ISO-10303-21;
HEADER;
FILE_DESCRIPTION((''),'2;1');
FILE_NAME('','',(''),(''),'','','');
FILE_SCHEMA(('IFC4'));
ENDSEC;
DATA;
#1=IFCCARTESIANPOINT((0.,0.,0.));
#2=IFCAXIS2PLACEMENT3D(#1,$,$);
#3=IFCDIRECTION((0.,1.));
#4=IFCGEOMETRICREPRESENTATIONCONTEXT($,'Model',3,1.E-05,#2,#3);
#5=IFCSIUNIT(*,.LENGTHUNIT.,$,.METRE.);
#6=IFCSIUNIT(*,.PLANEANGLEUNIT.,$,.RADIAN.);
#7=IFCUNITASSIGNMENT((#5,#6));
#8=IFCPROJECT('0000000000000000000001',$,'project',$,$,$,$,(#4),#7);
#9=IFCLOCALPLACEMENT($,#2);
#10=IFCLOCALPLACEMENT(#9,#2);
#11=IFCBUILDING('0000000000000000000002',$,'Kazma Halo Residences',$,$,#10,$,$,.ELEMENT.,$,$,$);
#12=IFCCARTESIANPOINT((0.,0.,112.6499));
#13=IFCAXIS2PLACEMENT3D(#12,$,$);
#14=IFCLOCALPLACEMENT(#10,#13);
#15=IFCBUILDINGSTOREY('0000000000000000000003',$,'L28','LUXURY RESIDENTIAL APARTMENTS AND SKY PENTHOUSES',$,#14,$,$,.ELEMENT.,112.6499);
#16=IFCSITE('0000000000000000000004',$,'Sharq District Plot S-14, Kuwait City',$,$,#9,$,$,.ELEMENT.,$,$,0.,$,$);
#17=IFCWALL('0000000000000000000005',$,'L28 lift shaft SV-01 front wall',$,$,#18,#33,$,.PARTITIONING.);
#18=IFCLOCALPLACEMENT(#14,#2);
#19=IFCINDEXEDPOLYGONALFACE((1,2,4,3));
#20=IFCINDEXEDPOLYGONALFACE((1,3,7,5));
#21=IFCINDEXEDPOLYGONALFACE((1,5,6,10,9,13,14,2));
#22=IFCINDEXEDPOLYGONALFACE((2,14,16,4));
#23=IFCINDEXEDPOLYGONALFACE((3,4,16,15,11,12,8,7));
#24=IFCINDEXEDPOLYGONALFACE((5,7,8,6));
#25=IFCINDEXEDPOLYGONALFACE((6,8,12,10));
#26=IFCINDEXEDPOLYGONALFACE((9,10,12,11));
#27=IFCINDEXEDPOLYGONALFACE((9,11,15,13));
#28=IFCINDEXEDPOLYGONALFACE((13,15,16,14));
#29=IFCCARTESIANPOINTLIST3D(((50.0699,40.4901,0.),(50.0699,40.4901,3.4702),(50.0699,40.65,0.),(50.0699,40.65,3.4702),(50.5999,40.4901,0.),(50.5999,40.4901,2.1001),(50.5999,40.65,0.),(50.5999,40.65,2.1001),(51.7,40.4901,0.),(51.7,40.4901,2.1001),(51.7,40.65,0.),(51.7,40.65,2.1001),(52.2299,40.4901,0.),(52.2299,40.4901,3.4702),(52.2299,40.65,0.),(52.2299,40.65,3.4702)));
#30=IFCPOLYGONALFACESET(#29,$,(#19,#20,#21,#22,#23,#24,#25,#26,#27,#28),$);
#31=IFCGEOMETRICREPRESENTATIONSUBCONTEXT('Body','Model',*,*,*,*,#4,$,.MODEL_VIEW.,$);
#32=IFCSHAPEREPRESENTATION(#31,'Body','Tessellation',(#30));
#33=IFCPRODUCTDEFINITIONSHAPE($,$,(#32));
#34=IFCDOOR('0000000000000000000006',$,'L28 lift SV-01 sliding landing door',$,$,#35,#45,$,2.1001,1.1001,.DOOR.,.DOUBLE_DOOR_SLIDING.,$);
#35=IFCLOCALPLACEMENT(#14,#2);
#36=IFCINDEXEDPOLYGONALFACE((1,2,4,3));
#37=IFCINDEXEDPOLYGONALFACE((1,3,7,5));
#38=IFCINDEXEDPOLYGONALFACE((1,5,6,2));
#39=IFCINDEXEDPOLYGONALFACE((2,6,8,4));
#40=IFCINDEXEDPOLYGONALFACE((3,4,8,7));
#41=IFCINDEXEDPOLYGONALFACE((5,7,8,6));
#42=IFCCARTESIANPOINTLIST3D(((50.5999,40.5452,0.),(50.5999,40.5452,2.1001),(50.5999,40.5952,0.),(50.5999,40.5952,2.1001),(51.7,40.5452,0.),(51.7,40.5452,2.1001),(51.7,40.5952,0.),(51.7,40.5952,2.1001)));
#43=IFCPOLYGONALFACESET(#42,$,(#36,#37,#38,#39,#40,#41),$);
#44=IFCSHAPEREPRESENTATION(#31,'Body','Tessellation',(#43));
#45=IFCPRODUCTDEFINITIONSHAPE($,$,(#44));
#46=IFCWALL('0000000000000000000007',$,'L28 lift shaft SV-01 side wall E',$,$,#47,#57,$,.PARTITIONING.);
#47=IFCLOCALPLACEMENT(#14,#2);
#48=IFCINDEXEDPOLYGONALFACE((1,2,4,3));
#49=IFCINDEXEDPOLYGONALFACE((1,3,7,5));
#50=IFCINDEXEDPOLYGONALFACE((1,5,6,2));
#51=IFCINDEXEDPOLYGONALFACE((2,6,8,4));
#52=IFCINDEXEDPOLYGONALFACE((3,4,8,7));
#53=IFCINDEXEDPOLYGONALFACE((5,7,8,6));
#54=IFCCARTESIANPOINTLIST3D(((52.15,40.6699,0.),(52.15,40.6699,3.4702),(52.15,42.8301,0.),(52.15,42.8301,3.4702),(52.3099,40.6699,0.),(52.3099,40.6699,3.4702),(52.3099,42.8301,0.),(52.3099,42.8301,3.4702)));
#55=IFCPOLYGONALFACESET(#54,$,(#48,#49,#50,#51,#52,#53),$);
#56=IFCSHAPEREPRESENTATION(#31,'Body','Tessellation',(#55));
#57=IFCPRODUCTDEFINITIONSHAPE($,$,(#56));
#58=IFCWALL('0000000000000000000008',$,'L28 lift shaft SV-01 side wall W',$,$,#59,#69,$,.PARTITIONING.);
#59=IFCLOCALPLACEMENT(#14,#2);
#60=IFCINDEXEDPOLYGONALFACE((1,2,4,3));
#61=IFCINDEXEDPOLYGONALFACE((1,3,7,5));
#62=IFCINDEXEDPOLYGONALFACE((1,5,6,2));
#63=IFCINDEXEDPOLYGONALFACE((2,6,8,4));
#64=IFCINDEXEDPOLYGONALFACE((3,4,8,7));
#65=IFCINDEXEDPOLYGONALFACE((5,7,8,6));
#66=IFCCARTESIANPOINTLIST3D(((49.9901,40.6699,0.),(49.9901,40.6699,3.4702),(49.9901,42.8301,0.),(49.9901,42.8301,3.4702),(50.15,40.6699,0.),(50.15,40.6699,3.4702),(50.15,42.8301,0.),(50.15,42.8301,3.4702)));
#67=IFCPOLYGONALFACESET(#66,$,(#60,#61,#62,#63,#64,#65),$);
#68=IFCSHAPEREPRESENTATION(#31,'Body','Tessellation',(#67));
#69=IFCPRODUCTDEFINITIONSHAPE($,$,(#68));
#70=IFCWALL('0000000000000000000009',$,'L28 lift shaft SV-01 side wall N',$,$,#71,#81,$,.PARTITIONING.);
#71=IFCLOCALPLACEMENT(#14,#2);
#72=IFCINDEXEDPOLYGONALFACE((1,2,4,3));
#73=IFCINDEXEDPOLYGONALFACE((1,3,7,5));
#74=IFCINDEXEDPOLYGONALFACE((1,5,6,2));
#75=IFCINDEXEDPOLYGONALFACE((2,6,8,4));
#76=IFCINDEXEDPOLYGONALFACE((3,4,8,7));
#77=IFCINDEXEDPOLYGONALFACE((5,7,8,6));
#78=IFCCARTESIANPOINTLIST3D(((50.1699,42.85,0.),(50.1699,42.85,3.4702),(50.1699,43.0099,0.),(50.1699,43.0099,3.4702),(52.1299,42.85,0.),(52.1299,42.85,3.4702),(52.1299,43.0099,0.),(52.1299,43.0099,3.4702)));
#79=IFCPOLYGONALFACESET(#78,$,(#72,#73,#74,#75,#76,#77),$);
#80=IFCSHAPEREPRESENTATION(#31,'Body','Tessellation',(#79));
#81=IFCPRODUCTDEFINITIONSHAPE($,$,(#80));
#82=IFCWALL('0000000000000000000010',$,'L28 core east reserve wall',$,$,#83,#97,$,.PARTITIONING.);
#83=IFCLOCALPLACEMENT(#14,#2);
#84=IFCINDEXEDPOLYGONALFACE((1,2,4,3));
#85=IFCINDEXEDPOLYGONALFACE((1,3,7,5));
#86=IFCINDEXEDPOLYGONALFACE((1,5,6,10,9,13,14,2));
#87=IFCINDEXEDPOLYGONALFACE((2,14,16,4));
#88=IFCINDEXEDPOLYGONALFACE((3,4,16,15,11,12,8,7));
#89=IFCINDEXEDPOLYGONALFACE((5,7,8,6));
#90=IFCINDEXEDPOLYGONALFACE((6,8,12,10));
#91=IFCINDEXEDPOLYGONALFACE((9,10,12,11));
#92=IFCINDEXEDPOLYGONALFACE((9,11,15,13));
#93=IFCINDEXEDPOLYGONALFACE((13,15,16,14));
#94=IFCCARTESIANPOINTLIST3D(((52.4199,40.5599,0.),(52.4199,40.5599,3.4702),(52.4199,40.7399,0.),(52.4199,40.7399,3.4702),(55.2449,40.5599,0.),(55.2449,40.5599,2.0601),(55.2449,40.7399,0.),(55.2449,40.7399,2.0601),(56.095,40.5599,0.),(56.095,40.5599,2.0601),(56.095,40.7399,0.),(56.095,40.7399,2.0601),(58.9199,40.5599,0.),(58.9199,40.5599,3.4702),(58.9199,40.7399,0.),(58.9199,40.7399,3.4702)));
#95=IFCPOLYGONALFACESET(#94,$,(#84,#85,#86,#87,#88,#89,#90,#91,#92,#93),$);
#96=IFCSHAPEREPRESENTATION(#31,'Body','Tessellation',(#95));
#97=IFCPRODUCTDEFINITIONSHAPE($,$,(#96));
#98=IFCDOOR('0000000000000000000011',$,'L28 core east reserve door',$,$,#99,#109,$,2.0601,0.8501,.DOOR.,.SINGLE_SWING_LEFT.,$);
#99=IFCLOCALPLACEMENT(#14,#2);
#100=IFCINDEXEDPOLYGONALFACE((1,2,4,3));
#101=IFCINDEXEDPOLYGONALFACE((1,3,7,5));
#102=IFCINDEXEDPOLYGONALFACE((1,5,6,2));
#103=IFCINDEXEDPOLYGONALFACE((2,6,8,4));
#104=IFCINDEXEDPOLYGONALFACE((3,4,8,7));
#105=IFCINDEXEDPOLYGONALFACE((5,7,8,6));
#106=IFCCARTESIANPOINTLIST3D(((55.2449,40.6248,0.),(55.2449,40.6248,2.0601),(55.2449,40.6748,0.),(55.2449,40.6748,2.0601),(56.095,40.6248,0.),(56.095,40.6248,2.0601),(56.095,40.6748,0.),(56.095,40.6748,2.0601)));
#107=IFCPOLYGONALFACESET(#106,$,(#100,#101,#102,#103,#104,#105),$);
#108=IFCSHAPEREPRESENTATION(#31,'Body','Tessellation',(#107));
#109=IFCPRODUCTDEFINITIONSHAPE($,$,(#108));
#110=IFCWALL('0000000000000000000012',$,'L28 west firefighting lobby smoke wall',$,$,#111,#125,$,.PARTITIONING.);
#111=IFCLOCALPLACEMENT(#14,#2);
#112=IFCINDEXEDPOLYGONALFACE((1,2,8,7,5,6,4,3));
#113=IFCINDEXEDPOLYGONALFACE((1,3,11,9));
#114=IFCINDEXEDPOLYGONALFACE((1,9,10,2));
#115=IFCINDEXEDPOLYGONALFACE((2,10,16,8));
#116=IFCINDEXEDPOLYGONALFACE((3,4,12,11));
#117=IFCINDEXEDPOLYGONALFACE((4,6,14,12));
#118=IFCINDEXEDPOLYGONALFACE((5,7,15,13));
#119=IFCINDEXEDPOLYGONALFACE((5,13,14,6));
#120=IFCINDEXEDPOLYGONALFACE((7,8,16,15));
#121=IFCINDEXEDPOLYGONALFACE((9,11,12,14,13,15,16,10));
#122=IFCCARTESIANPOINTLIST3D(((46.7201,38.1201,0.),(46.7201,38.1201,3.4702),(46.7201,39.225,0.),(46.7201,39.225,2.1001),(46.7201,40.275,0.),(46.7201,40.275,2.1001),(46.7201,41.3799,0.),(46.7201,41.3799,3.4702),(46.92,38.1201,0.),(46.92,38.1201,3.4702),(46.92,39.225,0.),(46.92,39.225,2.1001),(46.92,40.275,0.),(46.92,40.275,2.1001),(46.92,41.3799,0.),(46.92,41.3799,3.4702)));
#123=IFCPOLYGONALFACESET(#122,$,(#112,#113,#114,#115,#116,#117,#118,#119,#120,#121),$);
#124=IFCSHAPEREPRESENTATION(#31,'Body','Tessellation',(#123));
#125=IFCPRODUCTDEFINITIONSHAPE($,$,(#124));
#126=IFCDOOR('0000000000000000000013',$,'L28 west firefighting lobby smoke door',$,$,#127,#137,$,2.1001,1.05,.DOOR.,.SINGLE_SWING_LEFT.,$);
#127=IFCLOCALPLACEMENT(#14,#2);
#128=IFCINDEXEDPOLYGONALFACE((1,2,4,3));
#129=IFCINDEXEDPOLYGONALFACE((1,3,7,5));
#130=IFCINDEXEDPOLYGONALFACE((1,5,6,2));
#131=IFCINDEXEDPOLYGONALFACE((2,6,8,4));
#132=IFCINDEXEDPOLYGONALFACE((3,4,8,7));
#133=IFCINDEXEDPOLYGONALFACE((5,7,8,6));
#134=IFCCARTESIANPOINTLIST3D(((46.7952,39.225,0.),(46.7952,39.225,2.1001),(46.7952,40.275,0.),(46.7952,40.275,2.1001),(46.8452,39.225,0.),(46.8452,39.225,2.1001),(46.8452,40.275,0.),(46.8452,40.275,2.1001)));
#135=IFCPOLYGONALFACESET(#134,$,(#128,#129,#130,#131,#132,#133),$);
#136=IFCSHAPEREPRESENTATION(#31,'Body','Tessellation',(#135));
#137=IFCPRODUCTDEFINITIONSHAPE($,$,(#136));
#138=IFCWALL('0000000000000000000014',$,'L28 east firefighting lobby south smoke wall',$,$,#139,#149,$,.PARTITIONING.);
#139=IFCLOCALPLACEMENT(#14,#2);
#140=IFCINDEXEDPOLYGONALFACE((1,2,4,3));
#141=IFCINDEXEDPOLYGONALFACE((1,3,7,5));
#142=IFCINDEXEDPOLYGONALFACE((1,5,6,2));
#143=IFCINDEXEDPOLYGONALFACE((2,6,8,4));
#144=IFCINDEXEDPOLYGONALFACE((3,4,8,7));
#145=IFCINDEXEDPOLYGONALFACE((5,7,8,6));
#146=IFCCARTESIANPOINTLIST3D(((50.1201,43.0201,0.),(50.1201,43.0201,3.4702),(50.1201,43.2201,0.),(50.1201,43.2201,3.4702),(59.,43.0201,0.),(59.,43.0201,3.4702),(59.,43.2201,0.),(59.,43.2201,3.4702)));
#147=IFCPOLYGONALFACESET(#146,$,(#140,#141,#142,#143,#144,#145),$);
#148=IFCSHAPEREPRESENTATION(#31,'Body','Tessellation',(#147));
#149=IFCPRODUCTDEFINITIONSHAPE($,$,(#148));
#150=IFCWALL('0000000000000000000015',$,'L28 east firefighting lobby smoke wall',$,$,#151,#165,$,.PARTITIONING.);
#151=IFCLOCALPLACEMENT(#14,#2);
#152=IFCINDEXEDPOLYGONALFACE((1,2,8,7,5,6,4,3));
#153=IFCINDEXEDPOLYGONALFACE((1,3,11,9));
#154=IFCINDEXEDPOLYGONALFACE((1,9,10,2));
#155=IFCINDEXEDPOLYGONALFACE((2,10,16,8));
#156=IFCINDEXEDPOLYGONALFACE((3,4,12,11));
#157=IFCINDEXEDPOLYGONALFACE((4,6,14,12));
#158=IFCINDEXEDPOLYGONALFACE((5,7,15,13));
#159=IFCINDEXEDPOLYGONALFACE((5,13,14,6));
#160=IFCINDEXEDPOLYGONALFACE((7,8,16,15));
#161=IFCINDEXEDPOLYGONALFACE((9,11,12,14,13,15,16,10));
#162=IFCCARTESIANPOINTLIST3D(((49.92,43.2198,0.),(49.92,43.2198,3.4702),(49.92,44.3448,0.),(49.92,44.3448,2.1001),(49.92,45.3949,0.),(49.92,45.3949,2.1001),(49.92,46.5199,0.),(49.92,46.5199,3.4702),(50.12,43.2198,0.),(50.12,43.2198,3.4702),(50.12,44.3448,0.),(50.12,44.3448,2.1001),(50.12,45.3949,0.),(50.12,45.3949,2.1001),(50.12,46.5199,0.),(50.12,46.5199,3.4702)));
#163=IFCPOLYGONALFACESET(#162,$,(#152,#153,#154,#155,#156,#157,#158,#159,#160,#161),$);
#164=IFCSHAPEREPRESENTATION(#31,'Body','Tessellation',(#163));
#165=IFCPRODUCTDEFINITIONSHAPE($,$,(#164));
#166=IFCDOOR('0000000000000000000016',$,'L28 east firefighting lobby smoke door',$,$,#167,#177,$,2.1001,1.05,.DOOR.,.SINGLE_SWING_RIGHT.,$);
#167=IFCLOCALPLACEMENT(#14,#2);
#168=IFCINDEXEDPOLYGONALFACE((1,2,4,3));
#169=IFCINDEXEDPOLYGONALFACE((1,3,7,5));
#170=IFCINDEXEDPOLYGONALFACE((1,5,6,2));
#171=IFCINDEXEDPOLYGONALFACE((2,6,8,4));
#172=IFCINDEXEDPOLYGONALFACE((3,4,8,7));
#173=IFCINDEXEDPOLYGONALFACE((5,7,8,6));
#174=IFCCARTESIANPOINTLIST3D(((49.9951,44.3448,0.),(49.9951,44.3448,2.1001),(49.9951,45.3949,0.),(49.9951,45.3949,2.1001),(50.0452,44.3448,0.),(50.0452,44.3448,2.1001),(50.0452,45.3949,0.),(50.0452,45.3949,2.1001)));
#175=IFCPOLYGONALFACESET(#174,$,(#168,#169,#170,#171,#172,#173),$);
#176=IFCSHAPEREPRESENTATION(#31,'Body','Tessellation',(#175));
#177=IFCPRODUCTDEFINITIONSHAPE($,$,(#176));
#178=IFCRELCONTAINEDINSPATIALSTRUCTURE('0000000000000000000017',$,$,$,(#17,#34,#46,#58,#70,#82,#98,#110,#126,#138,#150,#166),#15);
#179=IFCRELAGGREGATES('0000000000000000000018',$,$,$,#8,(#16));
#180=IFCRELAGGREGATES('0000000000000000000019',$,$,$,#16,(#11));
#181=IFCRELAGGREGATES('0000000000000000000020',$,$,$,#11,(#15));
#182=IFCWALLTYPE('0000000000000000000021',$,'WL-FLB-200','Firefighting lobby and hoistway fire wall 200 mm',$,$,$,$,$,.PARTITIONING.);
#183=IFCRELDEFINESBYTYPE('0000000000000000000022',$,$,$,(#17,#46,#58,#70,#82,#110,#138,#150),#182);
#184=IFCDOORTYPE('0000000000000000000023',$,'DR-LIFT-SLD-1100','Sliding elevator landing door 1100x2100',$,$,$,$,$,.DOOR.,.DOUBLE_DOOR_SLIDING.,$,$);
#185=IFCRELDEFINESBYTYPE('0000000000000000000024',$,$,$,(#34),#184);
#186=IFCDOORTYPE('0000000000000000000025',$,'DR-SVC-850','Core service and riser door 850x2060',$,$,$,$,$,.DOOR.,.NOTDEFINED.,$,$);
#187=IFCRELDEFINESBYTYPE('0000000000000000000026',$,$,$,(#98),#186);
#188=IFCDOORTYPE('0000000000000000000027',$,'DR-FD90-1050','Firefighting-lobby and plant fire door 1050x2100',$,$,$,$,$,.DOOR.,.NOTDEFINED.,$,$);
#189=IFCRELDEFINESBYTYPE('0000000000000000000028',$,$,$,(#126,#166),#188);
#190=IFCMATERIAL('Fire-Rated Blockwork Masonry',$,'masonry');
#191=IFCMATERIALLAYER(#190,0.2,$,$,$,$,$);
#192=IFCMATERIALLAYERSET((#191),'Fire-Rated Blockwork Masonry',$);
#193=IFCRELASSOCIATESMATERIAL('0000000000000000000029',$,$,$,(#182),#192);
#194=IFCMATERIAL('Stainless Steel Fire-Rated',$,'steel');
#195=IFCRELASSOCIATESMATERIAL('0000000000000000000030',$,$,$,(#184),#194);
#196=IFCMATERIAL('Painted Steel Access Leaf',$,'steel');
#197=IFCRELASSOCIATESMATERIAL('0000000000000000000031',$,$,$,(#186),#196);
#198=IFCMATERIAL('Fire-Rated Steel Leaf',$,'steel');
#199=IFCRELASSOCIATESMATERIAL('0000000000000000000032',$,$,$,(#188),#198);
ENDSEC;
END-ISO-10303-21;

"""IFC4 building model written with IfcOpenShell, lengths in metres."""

from ifc_helpers import new_model, si_unit, direction, frame, frame_2d, origin, place, context, subcontext, project, spatial, rectangle, extrude, material, layer, layer_set, type_object, element, fill, save


model = new_model("IFC4")

# Units and contexts
model_context = context("Model", 3, precision=1e-05, world=origin(), true_north=direction((0.0, 1.0)))
body_context = subcontext(model_context, "Body", "Model", "MODEL_VIEW")
ifc_project = project(units=[si_unit("LENGTHUNIT", "METRE"), si_unit("PLANEANGLEUNIT", "RADIAN")], contexts=[model_context])

# Site, building, storey
site_placement = place(None, origin())
site = spatial("IfcSite", under=ifc_project, at=site_placement, Name="Sharq District Plot S-14, Kuwait City", CompositionType="ELEMENT", RefElevation=0.0)
building_placement = place(site_placement, origin())
building = spatial("IfcBuilding", under=site, at=building_placement, Name="Kazma Halo Residences", CompositionType="ELEMENT")
storey_placement = place(building_placement, frame((0.0, 0.0, 112.6499)))
storey = spatial("IfcBuildingStorey", under=building, at=storey_placement, Name="L28", Description="LUXURY RESIDENTIAL APARTMENTS AND SKY PENTHOUSES", CompositionType="ELEMENT", Elevation=112.6499)

# Wall, opening, door
ifc_material_1 = material(Name="Fire-Rated Blockwork Masonry", Category="masonry")
ifc_layer_1 = layer(ifc_material_1, 0.2)
ifc_layer_set_1 = layer_set([ifc_layer_1], Name="Fire-Rated Blockwork Masonry")
wall_type_1 = type_object("IfcWallType", Name="WL-FLB-200", Description="Firefighting lobby and hoistway fire wall 200 mm", PredefinedType="PARTITIONING", material=ifc_layer_set_1)
wall_1_placement = place(storey_placement, frame((52.23, 40.5701, 0.0), z_axis=(0.0, 0.0, 1.0), x_axis=(-1.0, 0.0, 0.0)))
wall_1 = element("IfcWall", 1, at=wall_1_placement, inside=storey, type_object=wall_type_1, Name="L28 lift shaft SV-01 front wall", PredefinedType="PARTITIONING", context=body_context, shape_type="SweptSolid", body=[
    extrude(rectangle(XDim=2.1599, YDim=0.1599, at=frame_2d((1.0801, 0.0))), origin(), (0.0, 0.0, 1.0), 3.4702),
])
opening_1_placement = place(wall_1_placement, frame((0.53, 0.0, 0.0)))
opening_1 = element("IfcOpeningElement", 2, at=opening_1_placement, cuts=wall_1, PredefinedType="OPENING", context=body_context, shape_type="SweptSolid", body=[
    extrude(rectangle(XDim=1.1001, YDim=2.1001, at=frame_2d((0.55, 1.05))), frame((0.0, 0.0898, 0.0), z_axis=(0.0, -1.0, 0.0), x_axis=(1.0, 0.0, 0.0)), (0.0, 0.0, 1.0), 0.1799),
])
ifc_material_2 = material(Name="Stainless Steel Fire-Rated", Category="steel")
door_type_1 = type_object("IfcDoorType", Name="DR-LIFT-SLD-1100", Description="Sliding elevator landing door 1100x2100", OperationType="DOUBLE_DOOR_SLIDING", PredefinedType="DOOR", material=ifc_material_2)
door_1_placement = place(opening_1_placement, origin())
door_1 = element("IfcDoor", 3, at=door_1_placement, inside=storey, type_object=door_type_1, Name="L28 lift SV-01 sliding landing door", OperationType="DOUBLE_DOOR_SLIDING", OverallHeight=2.1001, OverallWidth=1.1001, PredefinedType="DOOR", context=body_context, shape_type="SweptSolid", body=[
    extrude(rectangle(XDim=1.1001, YDim=2.1001, at=frame_2d((0.55, 1.05))), frame((0.0, 0.0249, 0.0), z_axis=(0.0, -1.0, 0.0), x_axis=(1.0, 0.0, 0.0)), (0.0, 0.0, 1.0), 0.05),
])
fill(opening_1, door_1)

# Walls
for number, where, z_axis, x_axis, name in (
    (4, (52.23, 40.6699, 0.0), (0.0, 0.0, 1.0), (0.0, 1.0, 0.0), "L28 lift shaft SV-01 side wall E"),
    (5, (50.0701, 40.6699, 0.0), (0.0, 0.0, 1.0), (0.0, 1.0, 0.0), "L28 lift shaft SV-01 side wall W"),
):
    element("IfcWall", number, at=place(storey_placement, frame(where, z_axis=z_axis, x_axis=x_axis)), inside=storey, type_object=wall_type_1, Name=name, PredefinedType="PARTITIONING", context=body_context, shape_type="SweptSolid", body=[
        extrude(rectangle(XDim=2.1602, YDim=0.1599, at=frame_2d((1.0801, 0.0))), origin(), (0.0, 0.0, 1.0), 3.4702),
    ])
wall_2_placement = place(storey_placement, frame((50.1699, 42.9299, 0.0), z_axis=(0.0, 0.0, 1.0), x_axis=(1.0, 0.0, 0.0)))
element("IfcWall", 6, at=wall_2_placement, inside=storey, type_object=wall_type_1, Name="L28 lift shaft SV-01 side wall N", PredefinedType="PARTITIONING", context=body_context, shape_type="SweptSolid", body=[
    extrude(rectangle(XDim=1.96, YDim=0.1599, at=frame_2d((0.98, 0.0))), origin(), (0.0, 0.0, 1.0), 3.4702),
])

# Walls, openings, doors
wall_3_placement = place(storey_placement, frame((52.4199, 40.6499, 0.0), z_axis=(0.0, 0.0, 1.0), x_axis=(1.0, 0.0, 0.0)))
wall_3 = element("IfcWall", 7, at=wall_3_placement, inside=storey, type_object=wall_type_1, Name="L28 core east reserve wall", PredefinedType="PARTITIONING", context=body_context, shape_type="SweptSolid", body=[
    extrude(rectangle(XDim=6.5, YDim=0.1799, at=frame_2d((3.25, 0.0))), origin(), (0.0, 0.0, 1.0), 3.4702),
])
opening_2_placement = place(wall_3_placement, frame((2.825, 0.0, 0.0)))
opening_2 = element("IfcOpeningElement", 8, at=opening_2_placement, cuts=wall_3, PredefinedType="OPENING", context=body_context, shape_type="SweptSolid", body=[
    extrude(rectangle(XDim=0.8501, YDim=2.0601, at=frame_2d((0.425, 1.03))), frame((0.0, 0.0999, 0.0), z_axis=(0.0, -1.0, 0.0), x_axis=(1.0, 0.0, 0.0)), (0.0, 0.0, 1.0), 0.2),
])
ifc_material_3 = material(Name="Painted Steel Access Leaf", Category="steel")
door_type_2 = type_object("IfcDoorType", Name="DR-SVC-850", Description="Core service and riser door 850x2060", OperationType="NOTDEFINED", PredefinedType="DOOR", material=ifc_material_3)
door_2_placement = place(opening_2_placement, origin())
door_2 = element("IfcDoor", 9, at=door_2_placement, inside=storey, type_object=door_type_2, Name="L28 core east reserve door", OperationType="SINGLE_SWING_LEFT", OverallHeight=2.0601, OverallWidth=0.8501, PredefinedType="DOOR", context=body_context, shape_type="SweptSolid", body=[
    extrude(rectangle(XDim=0.8501, YDim=2.0601, at=frame_2d((0.425, 1.03))), frame((0.0, 0.0249, 0.0), z_axis=(0.0, -1.0, 0.0), x_axis=(1.0, 0.0, 0.0)), (0.0, 0.0, 1.0), 0.05),
])
fill(opening_2, door_2)
wall_4_placement = place(storey_placement, frame((46.8201, 38.1201, 0.0), z_axis=(0.0, 0.0, 1.0), x_axis=(0.0, 1.0, 0.0)))
wall_4 = element("IfcWall", 10, at=wall_4_placement, inside=storey, type_object=wall_type_1, Name="L28 west firefighting lobby smoke wall", PredefinedType="PARTITIONING", context=body_context, shape_type="SweptSolid", body=[
    extrude(rectangle(XDim=3.2598, YDim=0.2, at=frame_2d((1.6299, 0.0))), origin(), (0.0, 0.0, 1.0), 3.4702),
])
opening_3_placement = place(wall_4_placement, frame((1.105, 0.0, 0.0)))
opening_3 = element("IfcOpeningElement", 11, at=opening_3_placement, cuts=wall_4, PredefinedType="OPENING", context=body_context, shape_type="SweptSolid", body=[
    extrude(rectangle(XDim=1.05, YDim=2.1001, at=frame_2d((0.5249, 1.05))), frame((0.0, 0.1099, 0.0), z_axis=(0.0, -1.0, 0.0), x_axis=(1.0, 0.0, 0.0)), (0.0, 0.0, 1.0), 0.22),
])
ifc_material_4 = material(Name="Fire-Rated Steel Leaf", Category="steel")
door_type_3 = type_object("IfcDoorType", Name="DR-FD90-1050", Description="Firefighting-lobby and plant fire door 1050x2100", OperationType="NOTDEFINED", PredefinedType="DOOR", material=ifc_material_4)
door_3_placement = place(opening_3_placement, origin())
door_3 = element("IfcDoor", 12, at=door_3_placement, inside=storey, type_object=door_type_3, Name="L28 west firefighting lobby smoke door", OperationType="SINGLE_SWING_LEFT", OverallHeight=2.1001, OverallWidth=1.05, PredefinedType="DOOR", context=body_context, shape_type="SweptSolid", body=[
    extrude(rectangle(XDim=1.05, YDim=2.1001, at=frame_2d((0.5249, 1.05))), frame((0.0, 0.0249, 0.0), z_axis=(0.0, -1.0, 0.0), x_axis=(1.0, 0.0, 0.0)), (0.0, 0.0, 1.0), 0.05),
])
fill(opening_3, door_3)

# Wall
wall_5_placement = place(storey_placement, frame((50.1201, 43.1201, 0.0), z_axis=(0.0, 0.0, 1.0), x_axis=(1.0, 0.0, 0.0)))
element("IfcWall", 13, at=wall_5_placement, inside=storey, type_object=wall_type_1, Name="L28 east firefighting lobby south smoke wall", PredefinedType="PARTITIONING", context=body_context, shape_type="SweptSolid", body=[
    extrude(rectangle(XDim=8.8799, YDim=0.2, at=frame_2d((4.4399, 0.0))), origin(), (0.0, 0.0, 1.0), 3.4702),
])

# Wall, opening, door
wall_6_placement = place(storey_placement, frame((50.02, 43.22, 0.0), z_axis=(0.0, 0.0, 1.0), x_axis=(0.0, 1.0, 0.0)))
wall_6 = element("IfcWall", 14, at=wall_6_placement, inside=storey, type_object=wall_type_1, Name="L28 east firefighting lobby smoke wall", PredefinedType="PARTITIONING", context=body_context, shape_type="SweptSolid", body=[
    extrude(rectangle(XDim=3.3, YDim=0.2, at=frame_2d((1.6499, 0.0))), origin(), (0.0, 0.0, 1.0), 3.4702),
])
opening_4_placement = place(wall_6_placement, frame((1.125, 0.0, 0.0)))
opening_4 = element("IfcOpeningElement", 15, at=opening_4_placement, cuts=wall_6, PredefinedType="OPENING", context=body_context, shape_type="SweptSolid", body=[
    extrude(rectangle(XDim=1.05, YDim=2.1001, at=frame_2d((0.5249, 1.05))), frame((0.0, 0.1099, 0.0), z_axis=(0.0, -1.0, 0.0), x_axis=(1.0, 0.0, 0.0)), (0.0, 0.0, 1.0), 0.22),
])
door_4_placement = place(opening_4_placement, origin())
door_4 = element("IfcDoor", 16, at=door_4_placement, inside=storey, type_object=door_type_3, Name="L28 east firefighting lobby smoke door", OperationType="SINGLE_SWING_RIGHT", OverallHeight=2.1001, OverallWidth=1.05, PredefinedType="DOOR", context=body_context, shape_type="SweptSolid", body=[
    extrude(rectangle(XDim=1.05, YDim=2.1001, at=frame_2d((0.5249, 1.05))), frame((0.0, 0.0249, 0.0), z_axis=(0.0, -1.0, 0.0), x_axis=(1.0, 0.0, 0.0)), (0.0, 0.0, 1.0), 0.05),
])
fill(opening_4, door_4)

save(model, "model.ifc")
